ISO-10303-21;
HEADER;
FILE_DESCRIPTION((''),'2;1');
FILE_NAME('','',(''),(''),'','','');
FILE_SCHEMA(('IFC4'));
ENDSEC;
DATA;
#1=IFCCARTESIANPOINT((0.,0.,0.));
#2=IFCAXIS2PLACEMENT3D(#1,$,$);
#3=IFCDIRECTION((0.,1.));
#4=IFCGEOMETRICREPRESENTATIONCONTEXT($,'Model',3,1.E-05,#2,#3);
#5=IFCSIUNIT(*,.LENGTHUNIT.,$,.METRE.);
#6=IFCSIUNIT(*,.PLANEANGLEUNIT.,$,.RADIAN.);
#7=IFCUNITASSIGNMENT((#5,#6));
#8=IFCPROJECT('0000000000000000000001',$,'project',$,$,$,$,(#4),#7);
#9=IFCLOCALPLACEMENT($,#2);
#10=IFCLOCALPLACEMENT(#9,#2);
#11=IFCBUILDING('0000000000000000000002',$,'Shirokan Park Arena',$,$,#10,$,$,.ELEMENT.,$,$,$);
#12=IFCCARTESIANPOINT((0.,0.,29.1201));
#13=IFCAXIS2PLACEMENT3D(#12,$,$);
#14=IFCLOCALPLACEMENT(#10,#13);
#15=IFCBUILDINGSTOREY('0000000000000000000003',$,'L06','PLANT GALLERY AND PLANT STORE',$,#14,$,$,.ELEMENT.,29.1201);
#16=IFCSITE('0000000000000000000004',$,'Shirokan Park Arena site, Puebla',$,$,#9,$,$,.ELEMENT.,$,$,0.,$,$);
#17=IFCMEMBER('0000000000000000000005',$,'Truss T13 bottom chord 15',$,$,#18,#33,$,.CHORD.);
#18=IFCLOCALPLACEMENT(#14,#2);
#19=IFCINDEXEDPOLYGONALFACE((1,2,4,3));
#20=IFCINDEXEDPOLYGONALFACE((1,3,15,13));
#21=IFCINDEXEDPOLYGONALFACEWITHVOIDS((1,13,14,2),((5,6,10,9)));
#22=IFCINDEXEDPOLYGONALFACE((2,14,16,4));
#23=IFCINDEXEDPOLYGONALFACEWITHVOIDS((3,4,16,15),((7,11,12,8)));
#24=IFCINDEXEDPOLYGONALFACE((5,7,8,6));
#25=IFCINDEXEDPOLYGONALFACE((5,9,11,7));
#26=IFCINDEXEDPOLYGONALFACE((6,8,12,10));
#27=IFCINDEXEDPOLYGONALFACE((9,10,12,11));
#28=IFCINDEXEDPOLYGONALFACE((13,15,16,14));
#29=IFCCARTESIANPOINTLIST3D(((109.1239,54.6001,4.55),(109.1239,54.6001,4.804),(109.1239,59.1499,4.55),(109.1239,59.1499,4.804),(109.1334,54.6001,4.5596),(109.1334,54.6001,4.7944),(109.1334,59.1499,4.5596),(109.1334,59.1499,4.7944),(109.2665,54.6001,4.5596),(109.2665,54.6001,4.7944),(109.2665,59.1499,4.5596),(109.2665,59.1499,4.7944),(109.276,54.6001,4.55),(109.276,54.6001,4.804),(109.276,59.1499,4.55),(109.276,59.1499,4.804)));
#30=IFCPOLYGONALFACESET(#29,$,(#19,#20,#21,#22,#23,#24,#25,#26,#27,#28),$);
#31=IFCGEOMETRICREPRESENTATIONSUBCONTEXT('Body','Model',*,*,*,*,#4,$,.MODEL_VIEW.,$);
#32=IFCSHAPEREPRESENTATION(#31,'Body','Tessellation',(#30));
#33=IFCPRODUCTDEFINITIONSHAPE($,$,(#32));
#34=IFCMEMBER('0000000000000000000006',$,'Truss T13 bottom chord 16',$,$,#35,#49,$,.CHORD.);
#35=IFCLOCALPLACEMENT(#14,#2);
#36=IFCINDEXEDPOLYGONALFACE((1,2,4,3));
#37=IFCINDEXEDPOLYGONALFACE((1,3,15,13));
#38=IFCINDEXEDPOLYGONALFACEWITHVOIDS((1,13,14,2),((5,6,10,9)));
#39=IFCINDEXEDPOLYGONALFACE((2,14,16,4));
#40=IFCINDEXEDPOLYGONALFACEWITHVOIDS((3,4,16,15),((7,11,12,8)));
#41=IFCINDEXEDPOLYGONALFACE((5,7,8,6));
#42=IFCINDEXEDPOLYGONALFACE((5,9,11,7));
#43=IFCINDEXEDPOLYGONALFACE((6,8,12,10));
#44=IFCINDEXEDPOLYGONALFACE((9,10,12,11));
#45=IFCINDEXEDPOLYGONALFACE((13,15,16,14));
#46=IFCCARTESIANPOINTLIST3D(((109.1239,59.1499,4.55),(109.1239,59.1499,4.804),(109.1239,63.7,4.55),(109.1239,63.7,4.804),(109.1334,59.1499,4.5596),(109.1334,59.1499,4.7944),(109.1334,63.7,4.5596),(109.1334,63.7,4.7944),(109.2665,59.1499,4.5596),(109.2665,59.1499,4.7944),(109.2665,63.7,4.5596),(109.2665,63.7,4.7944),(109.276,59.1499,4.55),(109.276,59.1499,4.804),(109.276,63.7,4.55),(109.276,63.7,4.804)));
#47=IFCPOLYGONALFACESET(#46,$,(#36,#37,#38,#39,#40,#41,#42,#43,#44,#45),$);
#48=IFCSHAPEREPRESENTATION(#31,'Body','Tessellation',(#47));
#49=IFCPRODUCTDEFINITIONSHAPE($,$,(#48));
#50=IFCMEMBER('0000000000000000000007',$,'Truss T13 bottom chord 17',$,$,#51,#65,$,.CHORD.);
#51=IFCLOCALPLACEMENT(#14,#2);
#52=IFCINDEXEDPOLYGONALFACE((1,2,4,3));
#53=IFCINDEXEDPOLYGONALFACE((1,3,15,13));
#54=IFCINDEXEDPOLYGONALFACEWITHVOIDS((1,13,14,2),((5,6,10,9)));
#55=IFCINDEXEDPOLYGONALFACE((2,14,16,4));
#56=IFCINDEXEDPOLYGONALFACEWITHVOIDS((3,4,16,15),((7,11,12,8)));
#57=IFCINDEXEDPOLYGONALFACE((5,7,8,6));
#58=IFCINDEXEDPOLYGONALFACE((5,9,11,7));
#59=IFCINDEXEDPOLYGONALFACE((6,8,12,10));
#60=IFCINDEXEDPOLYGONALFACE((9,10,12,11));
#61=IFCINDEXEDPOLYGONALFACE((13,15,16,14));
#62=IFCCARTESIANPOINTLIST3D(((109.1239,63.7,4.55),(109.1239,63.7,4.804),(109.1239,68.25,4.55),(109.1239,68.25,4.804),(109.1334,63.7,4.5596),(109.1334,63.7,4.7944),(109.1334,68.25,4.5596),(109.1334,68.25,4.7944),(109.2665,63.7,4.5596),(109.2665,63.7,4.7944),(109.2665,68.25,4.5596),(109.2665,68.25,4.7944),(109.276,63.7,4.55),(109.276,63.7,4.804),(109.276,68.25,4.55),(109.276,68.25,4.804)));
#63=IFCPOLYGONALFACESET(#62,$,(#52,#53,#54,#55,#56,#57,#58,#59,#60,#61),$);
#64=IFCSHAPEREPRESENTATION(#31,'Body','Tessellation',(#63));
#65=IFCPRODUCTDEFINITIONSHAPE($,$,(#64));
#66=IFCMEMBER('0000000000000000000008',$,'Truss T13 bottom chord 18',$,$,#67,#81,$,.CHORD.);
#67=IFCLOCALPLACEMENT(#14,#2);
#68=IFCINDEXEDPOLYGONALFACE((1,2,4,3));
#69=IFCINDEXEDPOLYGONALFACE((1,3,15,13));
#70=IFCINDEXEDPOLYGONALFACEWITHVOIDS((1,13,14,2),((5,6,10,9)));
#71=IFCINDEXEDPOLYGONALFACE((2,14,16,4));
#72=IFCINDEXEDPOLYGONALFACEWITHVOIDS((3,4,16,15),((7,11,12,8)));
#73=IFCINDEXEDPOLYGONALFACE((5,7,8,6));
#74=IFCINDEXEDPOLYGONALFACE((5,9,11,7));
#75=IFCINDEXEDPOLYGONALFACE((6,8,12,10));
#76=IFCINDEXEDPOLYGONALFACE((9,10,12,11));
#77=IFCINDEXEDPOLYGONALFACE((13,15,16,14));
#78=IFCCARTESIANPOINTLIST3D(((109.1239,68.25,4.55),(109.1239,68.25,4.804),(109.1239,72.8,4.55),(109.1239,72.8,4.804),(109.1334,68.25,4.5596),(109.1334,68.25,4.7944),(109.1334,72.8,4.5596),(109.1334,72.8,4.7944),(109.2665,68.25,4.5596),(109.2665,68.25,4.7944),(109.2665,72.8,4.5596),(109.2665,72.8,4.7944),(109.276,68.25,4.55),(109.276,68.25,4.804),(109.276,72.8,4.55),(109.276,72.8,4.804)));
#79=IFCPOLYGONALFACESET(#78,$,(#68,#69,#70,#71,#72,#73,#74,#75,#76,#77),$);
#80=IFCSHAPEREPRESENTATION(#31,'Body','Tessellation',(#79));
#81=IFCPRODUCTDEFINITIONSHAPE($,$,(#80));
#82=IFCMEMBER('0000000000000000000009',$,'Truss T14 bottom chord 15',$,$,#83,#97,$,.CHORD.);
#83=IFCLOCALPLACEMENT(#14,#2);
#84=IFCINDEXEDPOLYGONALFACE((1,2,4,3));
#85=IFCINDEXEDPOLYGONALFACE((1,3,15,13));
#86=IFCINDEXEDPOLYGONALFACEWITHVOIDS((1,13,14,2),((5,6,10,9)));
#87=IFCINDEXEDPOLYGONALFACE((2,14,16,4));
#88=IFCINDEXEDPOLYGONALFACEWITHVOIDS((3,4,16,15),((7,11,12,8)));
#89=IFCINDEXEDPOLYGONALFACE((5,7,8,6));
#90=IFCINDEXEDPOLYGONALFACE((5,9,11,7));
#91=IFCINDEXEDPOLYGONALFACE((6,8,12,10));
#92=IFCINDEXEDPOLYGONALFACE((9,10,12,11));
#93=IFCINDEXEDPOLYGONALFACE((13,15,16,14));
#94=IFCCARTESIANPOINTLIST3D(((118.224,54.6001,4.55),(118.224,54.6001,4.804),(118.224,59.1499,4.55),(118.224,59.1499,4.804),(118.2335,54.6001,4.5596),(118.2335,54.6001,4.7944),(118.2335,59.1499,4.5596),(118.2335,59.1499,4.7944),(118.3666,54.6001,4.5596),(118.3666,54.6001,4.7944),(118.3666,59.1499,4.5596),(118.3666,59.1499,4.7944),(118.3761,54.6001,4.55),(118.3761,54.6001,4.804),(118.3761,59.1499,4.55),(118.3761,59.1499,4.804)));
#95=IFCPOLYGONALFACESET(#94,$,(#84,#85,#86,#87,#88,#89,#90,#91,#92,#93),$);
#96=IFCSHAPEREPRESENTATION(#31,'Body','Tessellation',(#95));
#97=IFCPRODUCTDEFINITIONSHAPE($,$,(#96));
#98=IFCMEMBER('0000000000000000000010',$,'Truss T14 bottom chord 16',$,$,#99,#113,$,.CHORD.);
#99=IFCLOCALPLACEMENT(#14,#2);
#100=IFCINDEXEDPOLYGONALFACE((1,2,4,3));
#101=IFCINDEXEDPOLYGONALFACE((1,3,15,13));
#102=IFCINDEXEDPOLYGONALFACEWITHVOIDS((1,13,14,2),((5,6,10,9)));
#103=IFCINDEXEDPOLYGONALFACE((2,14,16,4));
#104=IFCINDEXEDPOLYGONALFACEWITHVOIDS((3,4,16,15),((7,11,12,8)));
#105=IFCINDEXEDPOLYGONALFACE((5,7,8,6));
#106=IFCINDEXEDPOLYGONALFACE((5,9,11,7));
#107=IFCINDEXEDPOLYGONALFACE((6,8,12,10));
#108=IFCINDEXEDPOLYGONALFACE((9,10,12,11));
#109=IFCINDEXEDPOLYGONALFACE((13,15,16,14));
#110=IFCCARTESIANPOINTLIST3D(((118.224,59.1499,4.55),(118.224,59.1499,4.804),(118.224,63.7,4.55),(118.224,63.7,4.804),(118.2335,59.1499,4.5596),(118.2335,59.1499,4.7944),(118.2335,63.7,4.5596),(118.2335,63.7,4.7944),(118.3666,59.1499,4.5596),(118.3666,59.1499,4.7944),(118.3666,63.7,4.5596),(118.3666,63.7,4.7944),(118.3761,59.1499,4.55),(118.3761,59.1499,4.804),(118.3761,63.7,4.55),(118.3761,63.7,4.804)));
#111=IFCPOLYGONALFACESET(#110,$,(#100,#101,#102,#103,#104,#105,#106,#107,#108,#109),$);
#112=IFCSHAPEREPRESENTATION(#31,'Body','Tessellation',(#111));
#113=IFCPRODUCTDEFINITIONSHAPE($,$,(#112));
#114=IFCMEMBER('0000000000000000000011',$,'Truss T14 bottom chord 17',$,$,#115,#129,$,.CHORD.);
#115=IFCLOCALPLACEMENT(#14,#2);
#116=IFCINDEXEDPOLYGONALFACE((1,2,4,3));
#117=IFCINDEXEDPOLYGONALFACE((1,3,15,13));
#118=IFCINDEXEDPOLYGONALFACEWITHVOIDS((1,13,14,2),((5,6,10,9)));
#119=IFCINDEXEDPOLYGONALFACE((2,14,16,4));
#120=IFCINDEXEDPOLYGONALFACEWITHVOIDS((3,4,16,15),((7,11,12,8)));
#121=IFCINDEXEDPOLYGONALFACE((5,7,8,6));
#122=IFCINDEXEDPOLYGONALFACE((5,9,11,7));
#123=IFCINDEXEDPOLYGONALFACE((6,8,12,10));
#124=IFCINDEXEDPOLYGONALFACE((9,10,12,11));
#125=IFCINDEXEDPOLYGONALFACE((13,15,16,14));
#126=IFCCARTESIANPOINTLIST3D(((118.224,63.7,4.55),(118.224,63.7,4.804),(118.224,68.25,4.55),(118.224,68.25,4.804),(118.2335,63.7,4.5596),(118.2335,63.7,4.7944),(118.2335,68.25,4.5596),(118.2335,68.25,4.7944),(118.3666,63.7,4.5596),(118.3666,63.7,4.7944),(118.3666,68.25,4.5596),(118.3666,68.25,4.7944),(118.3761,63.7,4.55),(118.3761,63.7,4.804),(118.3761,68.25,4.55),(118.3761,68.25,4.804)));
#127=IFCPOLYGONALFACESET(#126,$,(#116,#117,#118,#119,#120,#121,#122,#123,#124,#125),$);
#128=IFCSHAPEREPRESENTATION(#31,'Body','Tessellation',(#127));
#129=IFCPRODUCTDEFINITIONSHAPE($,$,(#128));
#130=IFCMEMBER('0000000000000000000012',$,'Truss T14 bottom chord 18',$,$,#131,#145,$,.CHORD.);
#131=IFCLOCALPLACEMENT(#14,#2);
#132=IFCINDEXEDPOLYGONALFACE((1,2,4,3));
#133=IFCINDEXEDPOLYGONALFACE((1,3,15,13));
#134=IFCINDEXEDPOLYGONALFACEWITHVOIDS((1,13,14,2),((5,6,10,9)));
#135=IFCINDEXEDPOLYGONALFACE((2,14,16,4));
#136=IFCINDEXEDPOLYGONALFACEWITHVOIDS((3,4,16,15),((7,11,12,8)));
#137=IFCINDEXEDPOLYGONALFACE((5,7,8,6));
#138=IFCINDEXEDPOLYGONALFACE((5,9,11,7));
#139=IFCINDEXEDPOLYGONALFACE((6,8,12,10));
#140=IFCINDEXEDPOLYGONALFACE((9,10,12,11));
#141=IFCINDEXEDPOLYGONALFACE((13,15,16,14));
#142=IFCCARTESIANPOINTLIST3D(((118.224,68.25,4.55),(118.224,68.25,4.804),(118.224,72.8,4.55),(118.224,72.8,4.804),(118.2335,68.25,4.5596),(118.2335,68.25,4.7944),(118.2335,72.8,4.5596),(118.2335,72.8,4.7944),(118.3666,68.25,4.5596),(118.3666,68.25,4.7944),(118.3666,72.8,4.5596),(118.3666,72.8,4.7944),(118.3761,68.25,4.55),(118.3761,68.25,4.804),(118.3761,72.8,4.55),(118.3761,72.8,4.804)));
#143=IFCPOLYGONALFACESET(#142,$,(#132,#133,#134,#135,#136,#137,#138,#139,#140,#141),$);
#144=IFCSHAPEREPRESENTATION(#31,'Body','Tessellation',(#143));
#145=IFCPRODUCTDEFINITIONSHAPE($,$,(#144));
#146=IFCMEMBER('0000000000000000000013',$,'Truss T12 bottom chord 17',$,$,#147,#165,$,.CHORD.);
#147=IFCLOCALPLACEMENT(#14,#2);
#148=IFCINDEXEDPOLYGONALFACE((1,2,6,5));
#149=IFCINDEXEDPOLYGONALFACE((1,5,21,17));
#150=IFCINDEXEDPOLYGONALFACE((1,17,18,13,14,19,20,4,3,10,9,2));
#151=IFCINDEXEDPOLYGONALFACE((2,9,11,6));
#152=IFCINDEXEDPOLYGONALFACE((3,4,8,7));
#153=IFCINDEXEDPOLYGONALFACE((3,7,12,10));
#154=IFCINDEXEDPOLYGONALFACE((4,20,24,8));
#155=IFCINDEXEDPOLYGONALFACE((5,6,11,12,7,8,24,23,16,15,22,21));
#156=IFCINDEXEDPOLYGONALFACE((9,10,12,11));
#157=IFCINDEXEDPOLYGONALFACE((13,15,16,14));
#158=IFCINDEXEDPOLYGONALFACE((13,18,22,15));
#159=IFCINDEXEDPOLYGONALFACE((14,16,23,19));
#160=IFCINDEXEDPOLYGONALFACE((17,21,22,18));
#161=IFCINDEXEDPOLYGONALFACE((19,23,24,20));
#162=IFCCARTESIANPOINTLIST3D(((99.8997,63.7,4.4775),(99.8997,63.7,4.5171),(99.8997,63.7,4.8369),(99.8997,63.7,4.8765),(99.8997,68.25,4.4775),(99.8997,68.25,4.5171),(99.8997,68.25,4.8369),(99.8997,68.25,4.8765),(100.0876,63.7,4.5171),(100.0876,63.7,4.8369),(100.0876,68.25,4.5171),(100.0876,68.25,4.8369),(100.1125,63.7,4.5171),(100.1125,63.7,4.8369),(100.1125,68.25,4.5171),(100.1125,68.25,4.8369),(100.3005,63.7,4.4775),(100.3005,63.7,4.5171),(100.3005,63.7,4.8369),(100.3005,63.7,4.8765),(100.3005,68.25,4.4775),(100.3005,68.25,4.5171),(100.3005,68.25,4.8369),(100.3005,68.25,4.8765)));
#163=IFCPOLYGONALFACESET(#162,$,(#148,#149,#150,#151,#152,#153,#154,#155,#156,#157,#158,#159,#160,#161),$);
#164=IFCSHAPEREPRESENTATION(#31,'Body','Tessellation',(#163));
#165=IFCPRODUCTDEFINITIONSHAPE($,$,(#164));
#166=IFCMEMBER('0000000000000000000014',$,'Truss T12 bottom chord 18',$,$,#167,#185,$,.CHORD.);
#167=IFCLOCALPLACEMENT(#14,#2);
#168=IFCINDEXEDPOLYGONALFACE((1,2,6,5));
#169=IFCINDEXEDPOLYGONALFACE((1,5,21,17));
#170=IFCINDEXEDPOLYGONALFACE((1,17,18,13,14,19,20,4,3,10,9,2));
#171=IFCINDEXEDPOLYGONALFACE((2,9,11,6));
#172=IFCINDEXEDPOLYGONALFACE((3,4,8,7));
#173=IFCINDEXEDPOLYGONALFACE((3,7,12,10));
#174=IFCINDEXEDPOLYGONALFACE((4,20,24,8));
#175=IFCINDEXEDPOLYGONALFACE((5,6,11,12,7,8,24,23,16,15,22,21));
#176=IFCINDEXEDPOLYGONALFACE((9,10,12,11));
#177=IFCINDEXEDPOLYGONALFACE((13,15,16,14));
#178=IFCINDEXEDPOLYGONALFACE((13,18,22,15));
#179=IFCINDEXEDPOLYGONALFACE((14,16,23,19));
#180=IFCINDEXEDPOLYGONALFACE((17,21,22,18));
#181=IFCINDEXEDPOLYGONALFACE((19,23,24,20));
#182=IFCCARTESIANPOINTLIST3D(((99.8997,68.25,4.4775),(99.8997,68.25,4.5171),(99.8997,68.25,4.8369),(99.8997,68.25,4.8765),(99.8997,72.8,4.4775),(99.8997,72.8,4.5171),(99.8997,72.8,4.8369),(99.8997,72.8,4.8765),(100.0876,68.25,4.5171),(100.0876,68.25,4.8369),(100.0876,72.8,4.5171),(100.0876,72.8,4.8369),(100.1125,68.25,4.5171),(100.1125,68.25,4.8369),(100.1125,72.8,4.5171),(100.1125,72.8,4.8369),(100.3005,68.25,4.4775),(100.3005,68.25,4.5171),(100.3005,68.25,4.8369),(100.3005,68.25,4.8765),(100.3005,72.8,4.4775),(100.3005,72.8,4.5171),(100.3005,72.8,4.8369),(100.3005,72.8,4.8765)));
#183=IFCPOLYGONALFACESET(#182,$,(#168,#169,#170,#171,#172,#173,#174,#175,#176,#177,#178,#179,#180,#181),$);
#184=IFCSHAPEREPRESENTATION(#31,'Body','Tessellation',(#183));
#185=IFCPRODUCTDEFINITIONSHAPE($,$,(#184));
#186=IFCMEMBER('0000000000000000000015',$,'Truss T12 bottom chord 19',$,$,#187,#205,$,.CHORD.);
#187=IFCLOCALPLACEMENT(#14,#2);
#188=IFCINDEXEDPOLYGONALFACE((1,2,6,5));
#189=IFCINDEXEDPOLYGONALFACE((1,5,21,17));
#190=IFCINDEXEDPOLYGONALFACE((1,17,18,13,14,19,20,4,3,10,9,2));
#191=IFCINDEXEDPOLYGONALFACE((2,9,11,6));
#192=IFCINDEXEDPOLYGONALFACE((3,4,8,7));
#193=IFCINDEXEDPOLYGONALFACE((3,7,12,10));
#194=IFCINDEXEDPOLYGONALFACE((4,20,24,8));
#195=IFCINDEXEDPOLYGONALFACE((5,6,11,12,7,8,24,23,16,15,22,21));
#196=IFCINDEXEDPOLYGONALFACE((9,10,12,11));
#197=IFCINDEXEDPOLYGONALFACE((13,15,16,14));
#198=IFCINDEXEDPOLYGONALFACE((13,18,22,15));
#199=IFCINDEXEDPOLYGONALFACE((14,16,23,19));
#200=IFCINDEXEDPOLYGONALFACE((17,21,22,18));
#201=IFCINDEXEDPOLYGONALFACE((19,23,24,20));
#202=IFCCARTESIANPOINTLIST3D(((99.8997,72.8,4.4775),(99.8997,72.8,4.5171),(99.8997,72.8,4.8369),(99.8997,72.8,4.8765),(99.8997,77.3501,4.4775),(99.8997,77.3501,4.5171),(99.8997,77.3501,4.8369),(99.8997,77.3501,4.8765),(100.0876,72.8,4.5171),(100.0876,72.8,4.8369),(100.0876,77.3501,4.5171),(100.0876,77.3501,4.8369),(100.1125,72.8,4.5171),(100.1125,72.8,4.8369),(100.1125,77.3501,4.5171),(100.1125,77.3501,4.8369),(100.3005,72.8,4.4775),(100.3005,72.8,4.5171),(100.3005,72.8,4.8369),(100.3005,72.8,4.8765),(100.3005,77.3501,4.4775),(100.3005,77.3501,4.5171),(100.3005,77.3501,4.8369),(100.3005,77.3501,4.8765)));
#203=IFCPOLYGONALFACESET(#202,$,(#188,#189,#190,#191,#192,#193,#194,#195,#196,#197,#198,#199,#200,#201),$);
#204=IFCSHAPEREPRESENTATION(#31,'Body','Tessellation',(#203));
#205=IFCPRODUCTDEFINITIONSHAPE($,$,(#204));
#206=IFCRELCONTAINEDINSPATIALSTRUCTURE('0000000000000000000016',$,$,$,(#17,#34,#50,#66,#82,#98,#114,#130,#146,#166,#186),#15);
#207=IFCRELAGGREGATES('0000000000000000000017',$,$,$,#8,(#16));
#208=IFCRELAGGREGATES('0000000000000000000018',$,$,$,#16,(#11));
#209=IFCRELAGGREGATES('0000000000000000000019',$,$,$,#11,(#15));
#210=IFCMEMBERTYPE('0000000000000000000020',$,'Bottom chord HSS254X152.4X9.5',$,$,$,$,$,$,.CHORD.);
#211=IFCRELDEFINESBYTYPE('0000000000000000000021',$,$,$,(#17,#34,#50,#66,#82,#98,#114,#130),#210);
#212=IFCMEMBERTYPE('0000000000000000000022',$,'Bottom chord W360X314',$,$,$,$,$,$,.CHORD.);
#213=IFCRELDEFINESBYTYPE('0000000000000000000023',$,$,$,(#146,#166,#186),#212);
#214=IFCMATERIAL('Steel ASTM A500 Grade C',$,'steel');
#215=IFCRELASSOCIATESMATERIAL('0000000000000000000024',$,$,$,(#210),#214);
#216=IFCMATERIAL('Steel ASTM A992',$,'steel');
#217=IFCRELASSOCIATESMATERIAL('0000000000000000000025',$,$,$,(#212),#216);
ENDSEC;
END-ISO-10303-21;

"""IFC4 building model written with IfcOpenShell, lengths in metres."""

from ifc_helpers import new_model, si_unit, direction, frame, origin, origin_2d, place, context, subcontext, project, spatial, hollow_rectangle, i_section, extrude, material, material_profile, profile_set, type_object, element, save


model = new_model("IFC4")

# Units and contexts
model_context = context("Model", 3, precision=1e-05, world=origin(), true_north=direction((0.0, 1.0)))
body_context = subcontext(model_context, "Body", "Model", "MODEL_VIEW")
ifc_project = project(units=[si_unit("LENGTHUNIT", "METRE"), si_unit("PLANEANGLEUNIT", "RADIAN")], contexts=[model_context])

# Site, building, storey
site_placement = place(None, origin())
site = spatial("IfcSite", under=ifc_project, at=site_placement, Name="Shirokan Park Arena site, Puebla", CompositionType="ELEMENT", RefElevation=0.0)
building_placement = place(site_placement, origin())
building = spatial("IfcBuilding", under=site, at=building_placement, Name="Shirokan Park Arena", CompositionType="ELEMENT")
storey_placement = place(building_placement, frame((0.0, 0.0, 29.1201)))
storey = spatial("IfcBuildingStorey", under=building, at=storey_placement, Name="L06", Description="PLANT GALLERY AND PLANT STORE", CompositionType="ELEMENT", Elevation=29.1201)

# Members
ifc_material_1 = material(Name="Steel ASTM A500 Grade C", Category="steel")
ifc_material_profile_1 = material_profile(ifc_material_1, hollow_rectangle(XDim=0.1521, YDim=0.2539, WallThickness=0.0095, at=origin_2d()), Name="HSS254X152.4X9.5")
ifc_profile_set_1 = profile_set([ifc_material_profile_1], Name="Steel ASTM A500 Grade C")
member_type_1 = type_object("IfcMemberType", Name="Bottom chord HSS254X152.4X9.5", PredefinedType="CHORD", material=ifc_profile_set_1)
member_1_placement = place(storey_placement, frame((109.2, 54.6001, 4.677), z_axis=(0.0, 1.0, 0.0), x_axis=(-1.0, 0.0, 0.0)))
element("IfcMember", 1, at=member_1_placement, inside=storey, type_object=member_type_1, Name="Truss T13 bottom chord 15", PredefinedType="CHORD", context=body_context, shape_type="SweptSolid", body=[
    extrude(hollow_rectangle(XDim=0.1521, YDim=0.2539, WallThickness=0.0095, at=origin_2d()), origin(), (0.0, 0.0, 1.0), 4.5498),
])
for number, where, z_axis, x_axis, name in (
    (2, (109.2, 59.1499, 4.677), (0.0, 1.0, 0.0), (-1.0, 0.0, 0.0), "Truss T13 bottom chord 16"),
    (3, (109.2, 63.7, 4.677), (0.0, 1.0, 0.0), (-1.0, 0.0, 0.0), "Truss T13 bottom chord 17"),
    (4, (109.2, 68.25, 4.677), (0.0, 1.0, 0.0), (-1.0, 0.0, 0.0), "Truss T13 bottom chord 18"),
):
    element("IfcMember", number, at=place(storey_placement, frame(where, z_axis=z_axis, x_axis=x_axis)), inside=storey, type_object=member_type_1, Name=name, PredefinedType="CHORD", context=body_context, shape_type="SweptSolid", body=[
        extrude(hollow_rectangle(XDim=0.1521, YDim=0.2539, WallThickness=0.0095, at=origin_2d()), origin(), (0.0, 0.0, 1.0), 4.55),
    ])
member_2_placement = place(storey_placement, frame((118.3, 54.6001, 4.677), z_axis=(0.0, 1.0, 0.0), x_axis=(-1.0, 0.0, 0.0)))
element("IfcMember", 5, at=member_2_placement, inside=storey, type_object=member_type_1, Name="Truss T14 bottom chord 15", PredefinedType="CHORD", context=body_context, shape_type="SweptSolid", body=[
    extrude(hollow_rectangle(XDim=0.1521, YDim=0.2539, WallThickness=0.0095, at=origin_2d()), origin(), (0.0, 0.0, 1.0), 4.5498),
])
for number, where, z_axis, x_axis, name in (
    (6, (118.3, 59.1499, 4.677), (0.0, 1.0, 0.0), (-1.0, 0.0, 0.0), "Truss T14 bottom chord 16"),
    (7, (118.3, 63.7, 4.677), (0.0, 1.0, 0.0), (-1.0, 0.0, 0.0), "Truss T14 bottom chord 17"),
    (8, (118.3, 68.25, 4.677), (0.0, 1.0, 0.0), (-1.0, 0.0, 0.0), "Truss T14 bottom chord 18"),
):
    element("IfcMember", number, at=place(storey_placement, frame(where, z_axis=z_axis, x_axis=x_axis)), inside=storey, type_object=member_type_1, Name=name, PredefinedType="CHORD", context=body_context, shape_type="SweptSolid", body=[
        extrude(hollow_rectangle(XDim=0.1521, YDim=0.2539, WallThickness=0.0095, at=origin_2d()), origin(), (0.0, 0.0, 1.0), 4.55),
    ])
ifc_material_2 = material(Name="Steel ASTM A992", Category="steel")
ifc_material_profile_2 = material_profile(ifc_material_2, i_section(OverallWidth=0.4009, OverallDepth=0.3989, WebThickness=0.0249, FlangeThickness=0.0396, at=origin_2d()), Name="W360X314")
ifc_profile_set_2 = profile_set([ifc_material_profile_2], Name="Steel ASTM A992")
member_type_2 = type_object("IfcMemberType", Name="Bottom chord W360X314", PredefinedType="CHORD", material=ifc_profile_set_2)
for number, where, z_axis, x_axis, name in (
    (9, (100.1001, 63.7, 4.677), (0.0, 1.0, 0.0), (-1.0, 0.0, 0.0), "Truss T12 bottom chord 17"),
    (10, (100.1001, 68.25, 4.677), (0.0, 1.0, 0.0), (-1.0, 0.0, 0.0), "Truss T12 bottom chord 18"),
    (11, (100.1001, 72.8, 4.677), (0.0, 1.0, 0.0), (-1.0, 0.0, 0.0), "Truss T12 bottom chord 19"),
):
    element("IfcMember", number, at=place(storey_placement, frame(where, z_axis=z_axis, x_axis=x_axis)), inside=storey, type_object=member_type_2, Name=name, PredefinedType="CHORD", context=body_context, shape_type="SweptSolid", body=[
        extrude(i_section(OverallWidth=0.4009, OverallDepth=0.3989, WebThickness=0.0249, FlangeThickness=0.0396, at=origin_2d()), origin(), (0.0, 0.0, 1.0), 4.55),
    ])

save(model, "model.ifc")
